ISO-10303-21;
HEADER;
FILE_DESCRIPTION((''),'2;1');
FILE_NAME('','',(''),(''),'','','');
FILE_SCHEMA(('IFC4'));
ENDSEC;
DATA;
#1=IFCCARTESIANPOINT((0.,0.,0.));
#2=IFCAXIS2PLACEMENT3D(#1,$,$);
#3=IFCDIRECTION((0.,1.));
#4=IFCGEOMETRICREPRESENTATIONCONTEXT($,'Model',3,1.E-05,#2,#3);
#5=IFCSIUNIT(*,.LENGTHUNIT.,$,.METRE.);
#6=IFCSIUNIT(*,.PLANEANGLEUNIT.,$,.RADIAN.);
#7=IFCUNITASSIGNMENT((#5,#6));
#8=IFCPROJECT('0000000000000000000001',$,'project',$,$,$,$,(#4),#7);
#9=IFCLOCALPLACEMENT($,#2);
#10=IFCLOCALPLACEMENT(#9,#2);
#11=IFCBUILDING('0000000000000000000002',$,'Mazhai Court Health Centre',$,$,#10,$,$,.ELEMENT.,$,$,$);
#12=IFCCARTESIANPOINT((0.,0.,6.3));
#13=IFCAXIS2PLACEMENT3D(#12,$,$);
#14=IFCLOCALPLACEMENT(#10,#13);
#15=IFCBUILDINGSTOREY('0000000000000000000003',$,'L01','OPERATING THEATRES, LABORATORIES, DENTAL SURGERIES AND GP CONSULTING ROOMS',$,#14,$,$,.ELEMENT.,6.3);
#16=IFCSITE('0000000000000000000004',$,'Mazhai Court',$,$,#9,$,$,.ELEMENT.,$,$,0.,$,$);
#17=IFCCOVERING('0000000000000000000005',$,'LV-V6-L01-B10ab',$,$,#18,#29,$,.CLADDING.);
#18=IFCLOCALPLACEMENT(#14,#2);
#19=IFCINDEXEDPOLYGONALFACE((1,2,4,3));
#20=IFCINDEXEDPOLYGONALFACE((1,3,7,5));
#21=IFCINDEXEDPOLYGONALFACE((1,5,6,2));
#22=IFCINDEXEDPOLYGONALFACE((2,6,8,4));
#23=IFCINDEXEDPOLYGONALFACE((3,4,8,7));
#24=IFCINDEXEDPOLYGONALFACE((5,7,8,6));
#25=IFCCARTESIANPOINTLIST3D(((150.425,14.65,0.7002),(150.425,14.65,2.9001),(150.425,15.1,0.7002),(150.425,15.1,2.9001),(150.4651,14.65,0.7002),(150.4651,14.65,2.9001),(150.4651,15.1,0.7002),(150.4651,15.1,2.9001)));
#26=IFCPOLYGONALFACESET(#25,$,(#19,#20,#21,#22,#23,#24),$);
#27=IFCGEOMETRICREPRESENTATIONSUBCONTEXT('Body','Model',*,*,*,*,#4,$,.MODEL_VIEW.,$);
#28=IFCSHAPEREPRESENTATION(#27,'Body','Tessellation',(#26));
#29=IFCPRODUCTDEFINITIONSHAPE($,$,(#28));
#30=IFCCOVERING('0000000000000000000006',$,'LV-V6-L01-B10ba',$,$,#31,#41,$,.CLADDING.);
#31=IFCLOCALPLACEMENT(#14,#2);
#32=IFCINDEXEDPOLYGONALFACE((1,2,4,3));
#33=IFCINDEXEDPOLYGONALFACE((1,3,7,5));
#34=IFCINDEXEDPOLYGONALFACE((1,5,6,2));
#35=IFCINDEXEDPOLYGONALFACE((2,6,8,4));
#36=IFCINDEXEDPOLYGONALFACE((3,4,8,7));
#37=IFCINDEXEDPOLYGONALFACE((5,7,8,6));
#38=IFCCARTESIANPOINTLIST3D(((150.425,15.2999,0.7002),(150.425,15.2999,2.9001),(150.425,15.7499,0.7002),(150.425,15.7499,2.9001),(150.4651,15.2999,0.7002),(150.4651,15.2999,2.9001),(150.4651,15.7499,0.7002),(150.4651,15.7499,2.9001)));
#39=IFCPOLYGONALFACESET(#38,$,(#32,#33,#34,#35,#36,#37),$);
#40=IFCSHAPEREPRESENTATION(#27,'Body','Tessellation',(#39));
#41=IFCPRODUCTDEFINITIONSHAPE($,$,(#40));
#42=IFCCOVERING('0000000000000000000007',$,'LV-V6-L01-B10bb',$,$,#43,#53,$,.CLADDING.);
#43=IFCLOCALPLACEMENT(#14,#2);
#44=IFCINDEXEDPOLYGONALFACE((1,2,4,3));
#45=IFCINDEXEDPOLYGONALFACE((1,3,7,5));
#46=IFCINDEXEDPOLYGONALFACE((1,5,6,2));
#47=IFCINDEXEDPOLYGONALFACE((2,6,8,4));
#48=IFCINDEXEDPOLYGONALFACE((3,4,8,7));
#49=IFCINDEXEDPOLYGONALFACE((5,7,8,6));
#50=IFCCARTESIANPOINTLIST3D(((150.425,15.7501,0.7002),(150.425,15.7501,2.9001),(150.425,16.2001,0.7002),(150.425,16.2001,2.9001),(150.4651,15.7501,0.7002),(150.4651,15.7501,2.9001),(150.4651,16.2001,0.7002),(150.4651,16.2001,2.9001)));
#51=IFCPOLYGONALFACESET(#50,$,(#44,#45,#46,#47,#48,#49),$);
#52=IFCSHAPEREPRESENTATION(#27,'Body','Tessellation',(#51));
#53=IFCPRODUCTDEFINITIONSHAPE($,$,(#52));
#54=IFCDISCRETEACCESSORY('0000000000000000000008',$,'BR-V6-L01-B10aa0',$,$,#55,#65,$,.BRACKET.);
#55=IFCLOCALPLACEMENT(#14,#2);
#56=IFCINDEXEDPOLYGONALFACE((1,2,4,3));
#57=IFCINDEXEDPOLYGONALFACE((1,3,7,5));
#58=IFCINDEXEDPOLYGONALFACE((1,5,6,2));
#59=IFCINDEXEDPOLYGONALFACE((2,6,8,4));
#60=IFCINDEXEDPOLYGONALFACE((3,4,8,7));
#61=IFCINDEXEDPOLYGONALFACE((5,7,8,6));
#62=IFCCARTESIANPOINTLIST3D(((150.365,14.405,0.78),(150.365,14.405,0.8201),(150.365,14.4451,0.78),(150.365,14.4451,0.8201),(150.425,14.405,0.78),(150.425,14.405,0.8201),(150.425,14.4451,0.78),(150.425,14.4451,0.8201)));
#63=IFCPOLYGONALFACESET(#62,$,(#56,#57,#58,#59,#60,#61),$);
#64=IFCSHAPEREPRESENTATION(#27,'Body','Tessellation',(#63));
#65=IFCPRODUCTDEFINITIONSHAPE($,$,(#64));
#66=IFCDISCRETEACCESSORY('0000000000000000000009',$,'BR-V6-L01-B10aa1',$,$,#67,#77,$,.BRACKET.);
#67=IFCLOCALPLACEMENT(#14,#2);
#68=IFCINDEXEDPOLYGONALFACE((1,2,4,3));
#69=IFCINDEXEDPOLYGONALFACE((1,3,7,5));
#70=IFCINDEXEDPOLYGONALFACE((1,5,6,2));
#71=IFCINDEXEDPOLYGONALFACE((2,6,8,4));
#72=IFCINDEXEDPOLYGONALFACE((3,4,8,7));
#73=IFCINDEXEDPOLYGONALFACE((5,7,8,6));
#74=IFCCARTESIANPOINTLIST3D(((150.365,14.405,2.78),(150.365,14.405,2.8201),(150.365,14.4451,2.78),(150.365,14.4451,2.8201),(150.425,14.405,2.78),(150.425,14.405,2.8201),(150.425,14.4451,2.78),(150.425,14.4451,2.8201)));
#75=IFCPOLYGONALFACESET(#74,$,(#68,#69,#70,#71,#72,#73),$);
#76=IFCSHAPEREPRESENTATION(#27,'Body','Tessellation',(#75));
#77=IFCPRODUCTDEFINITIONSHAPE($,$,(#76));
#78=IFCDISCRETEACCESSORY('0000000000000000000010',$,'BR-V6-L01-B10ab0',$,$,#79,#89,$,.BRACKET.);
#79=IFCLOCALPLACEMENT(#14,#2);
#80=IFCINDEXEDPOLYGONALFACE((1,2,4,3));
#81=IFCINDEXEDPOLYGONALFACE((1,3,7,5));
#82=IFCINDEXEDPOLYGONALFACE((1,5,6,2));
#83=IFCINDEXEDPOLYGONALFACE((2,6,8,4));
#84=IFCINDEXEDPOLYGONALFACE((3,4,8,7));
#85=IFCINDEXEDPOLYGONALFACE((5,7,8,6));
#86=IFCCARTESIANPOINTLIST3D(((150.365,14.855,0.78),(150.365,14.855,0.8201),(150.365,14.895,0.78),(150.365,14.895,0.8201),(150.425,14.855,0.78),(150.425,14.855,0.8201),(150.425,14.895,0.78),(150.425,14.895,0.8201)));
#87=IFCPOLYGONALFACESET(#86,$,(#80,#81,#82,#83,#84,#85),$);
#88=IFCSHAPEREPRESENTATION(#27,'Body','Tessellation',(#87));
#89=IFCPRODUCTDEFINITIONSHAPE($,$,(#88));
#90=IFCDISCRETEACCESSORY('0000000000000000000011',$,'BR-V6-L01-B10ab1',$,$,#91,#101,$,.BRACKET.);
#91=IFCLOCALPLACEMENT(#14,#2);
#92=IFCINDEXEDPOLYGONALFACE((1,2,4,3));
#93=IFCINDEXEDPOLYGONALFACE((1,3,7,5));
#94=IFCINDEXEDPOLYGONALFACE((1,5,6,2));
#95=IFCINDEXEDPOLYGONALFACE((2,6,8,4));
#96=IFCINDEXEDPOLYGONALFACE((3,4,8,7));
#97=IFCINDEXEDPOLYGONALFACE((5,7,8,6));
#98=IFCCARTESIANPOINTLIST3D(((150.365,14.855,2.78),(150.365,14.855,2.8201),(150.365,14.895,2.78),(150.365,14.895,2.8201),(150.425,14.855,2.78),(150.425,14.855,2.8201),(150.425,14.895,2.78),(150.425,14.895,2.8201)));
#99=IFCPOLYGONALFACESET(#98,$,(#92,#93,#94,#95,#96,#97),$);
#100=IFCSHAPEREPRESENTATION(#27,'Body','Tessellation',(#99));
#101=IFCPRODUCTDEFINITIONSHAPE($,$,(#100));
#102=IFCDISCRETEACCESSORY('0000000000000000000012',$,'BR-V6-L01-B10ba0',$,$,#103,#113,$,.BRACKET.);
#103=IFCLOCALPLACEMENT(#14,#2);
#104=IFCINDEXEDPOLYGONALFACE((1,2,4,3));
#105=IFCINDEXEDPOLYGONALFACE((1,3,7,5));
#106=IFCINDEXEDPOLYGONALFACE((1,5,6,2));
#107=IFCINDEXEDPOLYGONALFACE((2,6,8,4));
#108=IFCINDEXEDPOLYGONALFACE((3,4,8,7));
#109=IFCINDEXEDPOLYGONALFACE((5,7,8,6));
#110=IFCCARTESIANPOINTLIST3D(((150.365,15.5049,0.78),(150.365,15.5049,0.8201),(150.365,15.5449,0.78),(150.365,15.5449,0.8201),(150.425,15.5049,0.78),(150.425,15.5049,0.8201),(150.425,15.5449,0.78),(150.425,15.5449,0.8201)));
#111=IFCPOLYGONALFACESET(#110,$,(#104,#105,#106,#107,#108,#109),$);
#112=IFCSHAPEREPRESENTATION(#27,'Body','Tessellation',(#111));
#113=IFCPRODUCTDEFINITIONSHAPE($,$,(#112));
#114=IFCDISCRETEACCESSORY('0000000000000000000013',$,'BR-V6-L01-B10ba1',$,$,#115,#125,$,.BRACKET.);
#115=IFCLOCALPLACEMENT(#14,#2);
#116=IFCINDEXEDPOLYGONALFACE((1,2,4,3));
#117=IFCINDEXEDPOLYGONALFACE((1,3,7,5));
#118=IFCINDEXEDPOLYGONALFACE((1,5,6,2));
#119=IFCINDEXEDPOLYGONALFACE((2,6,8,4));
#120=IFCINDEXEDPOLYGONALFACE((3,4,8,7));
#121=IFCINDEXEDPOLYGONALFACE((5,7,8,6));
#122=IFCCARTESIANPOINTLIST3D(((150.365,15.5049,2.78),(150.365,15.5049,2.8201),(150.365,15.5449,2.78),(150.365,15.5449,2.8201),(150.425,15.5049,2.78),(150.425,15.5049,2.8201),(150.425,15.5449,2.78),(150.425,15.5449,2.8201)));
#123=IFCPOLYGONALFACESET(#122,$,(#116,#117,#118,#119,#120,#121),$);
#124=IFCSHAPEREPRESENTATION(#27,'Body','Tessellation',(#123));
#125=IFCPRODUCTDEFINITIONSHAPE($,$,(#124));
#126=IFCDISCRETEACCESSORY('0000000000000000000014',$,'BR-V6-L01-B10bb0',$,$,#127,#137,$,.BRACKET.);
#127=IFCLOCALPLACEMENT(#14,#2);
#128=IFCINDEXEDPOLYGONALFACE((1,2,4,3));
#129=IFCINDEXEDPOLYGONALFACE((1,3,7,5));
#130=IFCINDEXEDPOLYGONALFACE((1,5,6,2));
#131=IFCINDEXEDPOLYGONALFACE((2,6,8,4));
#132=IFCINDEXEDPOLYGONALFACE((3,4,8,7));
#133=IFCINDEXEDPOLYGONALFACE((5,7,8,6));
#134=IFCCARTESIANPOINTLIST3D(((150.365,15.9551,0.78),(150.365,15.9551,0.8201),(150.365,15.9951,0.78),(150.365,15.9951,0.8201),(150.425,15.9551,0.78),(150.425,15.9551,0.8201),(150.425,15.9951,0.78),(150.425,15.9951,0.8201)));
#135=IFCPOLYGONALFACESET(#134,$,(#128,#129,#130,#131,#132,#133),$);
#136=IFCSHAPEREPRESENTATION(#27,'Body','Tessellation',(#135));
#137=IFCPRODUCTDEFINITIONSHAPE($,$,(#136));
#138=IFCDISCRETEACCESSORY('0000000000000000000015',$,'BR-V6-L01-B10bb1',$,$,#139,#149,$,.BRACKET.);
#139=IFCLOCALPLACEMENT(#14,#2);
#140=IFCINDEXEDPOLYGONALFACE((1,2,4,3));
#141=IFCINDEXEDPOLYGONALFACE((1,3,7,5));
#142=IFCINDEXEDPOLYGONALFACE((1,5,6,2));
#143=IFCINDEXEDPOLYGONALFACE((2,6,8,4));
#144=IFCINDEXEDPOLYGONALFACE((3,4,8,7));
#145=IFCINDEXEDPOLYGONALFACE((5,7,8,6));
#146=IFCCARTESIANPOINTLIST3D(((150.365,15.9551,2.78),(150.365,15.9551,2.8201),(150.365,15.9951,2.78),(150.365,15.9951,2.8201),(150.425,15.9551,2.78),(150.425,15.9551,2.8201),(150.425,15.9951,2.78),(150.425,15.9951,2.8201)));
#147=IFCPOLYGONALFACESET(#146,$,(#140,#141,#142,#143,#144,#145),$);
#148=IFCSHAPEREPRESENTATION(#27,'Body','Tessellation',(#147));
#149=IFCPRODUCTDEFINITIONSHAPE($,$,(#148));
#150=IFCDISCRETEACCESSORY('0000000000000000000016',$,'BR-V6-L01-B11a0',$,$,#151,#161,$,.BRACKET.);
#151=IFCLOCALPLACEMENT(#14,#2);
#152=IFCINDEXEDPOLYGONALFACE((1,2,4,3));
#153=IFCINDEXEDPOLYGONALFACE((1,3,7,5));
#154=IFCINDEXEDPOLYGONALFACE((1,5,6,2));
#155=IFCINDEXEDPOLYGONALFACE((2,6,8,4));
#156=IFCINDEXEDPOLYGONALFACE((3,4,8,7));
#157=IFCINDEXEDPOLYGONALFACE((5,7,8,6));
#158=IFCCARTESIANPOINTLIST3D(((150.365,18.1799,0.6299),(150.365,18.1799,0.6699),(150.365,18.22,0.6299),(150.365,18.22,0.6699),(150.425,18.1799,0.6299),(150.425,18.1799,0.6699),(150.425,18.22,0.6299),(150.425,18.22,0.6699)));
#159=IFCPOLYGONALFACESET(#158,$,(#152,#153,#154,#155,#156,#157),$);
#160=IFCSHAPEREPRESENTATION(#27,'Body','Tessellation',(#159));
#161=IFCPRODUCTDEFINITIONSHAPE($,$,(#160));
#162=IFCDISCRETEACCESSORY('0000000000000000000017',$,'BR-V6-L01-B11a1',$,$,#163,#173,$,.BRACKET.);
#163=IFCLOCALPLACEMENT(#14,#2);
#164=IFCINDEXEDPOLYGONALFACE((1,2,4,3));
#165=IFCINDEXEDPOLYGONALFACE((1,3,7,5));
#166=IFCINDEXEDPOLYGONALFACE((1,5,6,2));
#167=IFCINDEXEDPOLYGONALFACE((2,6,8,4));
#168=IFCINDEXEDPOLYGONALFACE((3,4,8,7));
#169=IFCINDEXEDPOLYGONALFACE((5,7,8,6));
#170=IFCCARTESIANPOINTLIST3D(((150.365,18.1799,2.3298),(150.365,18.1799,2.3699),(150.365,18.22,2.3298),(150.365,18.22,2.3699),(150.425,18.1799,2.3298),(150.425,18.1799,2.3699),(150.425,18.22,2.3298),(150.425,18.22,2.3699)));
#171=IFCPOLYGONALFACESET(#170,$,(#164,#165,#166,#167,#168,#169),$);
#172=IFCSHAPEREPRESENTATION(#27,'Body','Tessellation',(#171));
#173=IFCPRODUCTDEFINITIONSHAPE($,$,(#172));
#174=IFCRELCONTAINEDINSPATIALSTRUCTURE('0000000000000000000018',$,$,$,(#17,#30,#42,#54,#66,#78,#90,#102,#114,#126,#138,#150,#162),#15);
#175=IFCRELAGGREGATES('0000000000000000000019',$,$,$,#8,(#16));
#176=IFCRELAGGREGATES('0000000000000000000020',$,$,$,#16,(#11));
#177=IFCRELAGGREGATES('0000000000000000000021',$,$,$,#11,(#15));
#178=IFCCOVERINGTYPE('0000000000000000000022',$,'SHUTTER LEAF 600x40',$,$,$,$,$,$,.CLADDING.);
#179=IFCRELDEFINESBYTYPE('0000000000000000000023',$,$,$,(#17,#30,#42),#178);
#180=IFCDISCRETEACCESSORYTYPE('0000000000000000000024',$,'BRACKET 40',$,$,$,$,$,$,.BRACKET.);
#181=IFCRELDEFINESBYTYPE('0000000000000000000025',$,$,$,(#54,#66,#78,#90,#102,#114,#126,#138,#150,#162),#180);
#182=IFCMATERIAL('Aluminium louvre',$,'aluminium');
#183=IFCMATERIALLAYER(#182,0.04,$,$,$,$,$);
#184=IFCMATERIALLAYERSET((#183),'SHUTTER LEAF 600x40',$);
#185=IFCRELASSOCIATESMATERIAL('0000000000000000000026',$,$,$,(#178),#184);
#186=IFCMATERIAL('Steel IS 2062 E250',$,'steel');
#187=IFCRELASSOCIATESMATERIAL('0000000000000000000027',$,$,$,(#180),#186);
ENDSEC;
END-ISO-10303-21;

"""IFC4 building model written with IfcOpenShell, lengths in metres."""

from ifc_helpers import new_model, si_unit, direction, frame, origin, origin_2d, place, context, subcontext, project, spatial, rectangle, extrude, material, layer, layer_set, type_object, element, save


model = new_model("IFC4")

# Units and contexts
model_context = context("Model", 3, precision=1e-05, world=origin(), true_north=direction((0.0, 1.0)))
body_context = subcontext(model_context, "Body", "Model", "MODEL_VIEW")
ifc_project = project(units=[si_unit("LENGTHUNIT", "METRE"), si_unit("PLANEANGLEUNIT", "RADIAN")], contexts=[model_context])

# Site, building, storey
site_placement = place(None, origin())
site = spatial("IfcSite", under=ifc_project, at=site_placement, Name="Mazhai Court", CompositionType="ELEMENT", RefElevation=0.0)
building_placement = place(site_placement, origin())
building = spatial("IfcBuilding", under=site, at=building_placement, Name="Mazhai Court Health Centre", CompositionType="ELEMENT")
storey_placement = place(building_placement, frame((0.0, 0.0, 6.3)))
storey = spatial("IfcBuildingStorey", under=building, at=storey_placement, Name="L01", Description="OPERATING THEATRES, LABORATORIES, DENTAL SURGERIES AND GP CONSULTING ROOMS", CompositionType="ELEMENT", Elevation=6.3)

# Coverings
ifc_material_1 = material(Name="Aluminium louvre", Category="aluminium")
ifc_layer_1 = layer(ifc_material_1, 0.04)
ifc_layer_set_1 = layer_set([ifc_layer_1], Name="SHUTTER LEAF 600x40")
covering_type = type_object("IfcCoveringType", Name="SHUTTER LEAF 600x40", PredefinedType="CLADDING", material=ifc_layer_set_1)
for number, where, z_axis, x_axis, name in (
    (1, (150.4451, 14.875, 0.7002), (0.0, 0.0, 1.0), (0.0, 1.0, 0.0), "LV-V6-L01-B10ab"),
    (2, (150.4451, 15.5249, 0.7002), (0.0, 0.0, 1.0), (0.0, 1.0, 0.0), "LV-V6-L01-B10ba"),
    (3, (150.4451, 15.9751, 0.7002), (0.0, 0.0, 1.0), (0.0, 1.0, 0.0), "LV-V6-L01-B10bb"),
):
    element("IfcCovering", number, at=place(storey_placement, frame(where, z_axis=z_axis, x_axis=x_axis)), inside=storey, type_object=covering_type, Name=name, PredefinedType="CLADDING", context=body_context, shape_type="SweptSolid", body=[
        extrude(rectangle(XDim=0.45, YDim=0.04, at=origin_2d()), origin(), (0.0, 0.0, 1.0), 2.2),
    ])

# Discrete accessories
ifc_material_2 = material(Name="Steel IS 2062 E250", Category="steel")
discrete_accessory_type = type_object("IfcDiscreteAccessoryType", Name="BRACKET 40", PredefinedType="BRACKET", material=ifc_material_2)
for number, where, z_axis, x_axis, name in (
    (4, (150.395, 14.425, 0.78), (0.0, 0.0, 1.0), (0.0, 1.0, 0.0), "BR-V6-L01-B10aa0"),
    (5, (150.395, 14.425, 2.78), (0.0, 0.0, 1.0), (0.0, 1.0, 0.0), "BR-V6-L01-B10aa1"),
    (6, (150.395, 14.875, 0.78), (0.0, 0.0, 1.0), (0.0, 1.0, 0.0), "BR-V6-L01-B10ab0"),
    (7, (150.395, 14.875, 2.78), (0.0, 0.0, 1.0), (0.0, 1.0, 0.0), "BR-V6-L01-B10ab1"),
    (8, (150.395, 15.5249, 0.78), (0.0, 0.0, 1.0), (0.0, 1.0, 0.0), "BR-V6-L01-B10ba0"),
    (9, (150.395, 15.5249, 2.78), (0.0, 0.0, 1.0), (0.0, 1.0, 0.0), "BR-V6-L01-B10ba1"),
    (10, (150.395, 15.9751, 0.78), (0.0, 0.0, 1.0), (0.0, 1.0, 0.0), "BR-V6-L01-B10bb0"),
    (11, (150.395, 15.9751, 2.78), (0.0, 0.0, 1.0), (0.0, 1.0, 0.0), "BR-V6-L01-B10bb1"),
    (12, (150.395, 18.2, 0.6299), (0.0, 0.0, 1.0), (0.0, 1.0, 0.0), "BR-V6-L01-B11a0"),
    (13, (150.395, 18.2, 2.3298), (0.0, 0.0, 1.0), (0.0, 1.0, 0.0), "BR-V6-L01-B11a1"),
):
    element("IfcDiscreteAccessory", number, at=place(storey_placement, frame(where, z_axis=z_axis, x_axis=x_axis)), inside=storey, type_object=discrete_accessory_type, Name=name, PredefinedType="BRACKET", context=body_context, shape_type="SweptSolid", body=[
        extrude(rectangle(XDim=0.04, YDim=0.0601, at=origin_2d()), origin(), (0.0, 0.0, 1.0), 0.04),
    ])

save(model, "model.ifc")
